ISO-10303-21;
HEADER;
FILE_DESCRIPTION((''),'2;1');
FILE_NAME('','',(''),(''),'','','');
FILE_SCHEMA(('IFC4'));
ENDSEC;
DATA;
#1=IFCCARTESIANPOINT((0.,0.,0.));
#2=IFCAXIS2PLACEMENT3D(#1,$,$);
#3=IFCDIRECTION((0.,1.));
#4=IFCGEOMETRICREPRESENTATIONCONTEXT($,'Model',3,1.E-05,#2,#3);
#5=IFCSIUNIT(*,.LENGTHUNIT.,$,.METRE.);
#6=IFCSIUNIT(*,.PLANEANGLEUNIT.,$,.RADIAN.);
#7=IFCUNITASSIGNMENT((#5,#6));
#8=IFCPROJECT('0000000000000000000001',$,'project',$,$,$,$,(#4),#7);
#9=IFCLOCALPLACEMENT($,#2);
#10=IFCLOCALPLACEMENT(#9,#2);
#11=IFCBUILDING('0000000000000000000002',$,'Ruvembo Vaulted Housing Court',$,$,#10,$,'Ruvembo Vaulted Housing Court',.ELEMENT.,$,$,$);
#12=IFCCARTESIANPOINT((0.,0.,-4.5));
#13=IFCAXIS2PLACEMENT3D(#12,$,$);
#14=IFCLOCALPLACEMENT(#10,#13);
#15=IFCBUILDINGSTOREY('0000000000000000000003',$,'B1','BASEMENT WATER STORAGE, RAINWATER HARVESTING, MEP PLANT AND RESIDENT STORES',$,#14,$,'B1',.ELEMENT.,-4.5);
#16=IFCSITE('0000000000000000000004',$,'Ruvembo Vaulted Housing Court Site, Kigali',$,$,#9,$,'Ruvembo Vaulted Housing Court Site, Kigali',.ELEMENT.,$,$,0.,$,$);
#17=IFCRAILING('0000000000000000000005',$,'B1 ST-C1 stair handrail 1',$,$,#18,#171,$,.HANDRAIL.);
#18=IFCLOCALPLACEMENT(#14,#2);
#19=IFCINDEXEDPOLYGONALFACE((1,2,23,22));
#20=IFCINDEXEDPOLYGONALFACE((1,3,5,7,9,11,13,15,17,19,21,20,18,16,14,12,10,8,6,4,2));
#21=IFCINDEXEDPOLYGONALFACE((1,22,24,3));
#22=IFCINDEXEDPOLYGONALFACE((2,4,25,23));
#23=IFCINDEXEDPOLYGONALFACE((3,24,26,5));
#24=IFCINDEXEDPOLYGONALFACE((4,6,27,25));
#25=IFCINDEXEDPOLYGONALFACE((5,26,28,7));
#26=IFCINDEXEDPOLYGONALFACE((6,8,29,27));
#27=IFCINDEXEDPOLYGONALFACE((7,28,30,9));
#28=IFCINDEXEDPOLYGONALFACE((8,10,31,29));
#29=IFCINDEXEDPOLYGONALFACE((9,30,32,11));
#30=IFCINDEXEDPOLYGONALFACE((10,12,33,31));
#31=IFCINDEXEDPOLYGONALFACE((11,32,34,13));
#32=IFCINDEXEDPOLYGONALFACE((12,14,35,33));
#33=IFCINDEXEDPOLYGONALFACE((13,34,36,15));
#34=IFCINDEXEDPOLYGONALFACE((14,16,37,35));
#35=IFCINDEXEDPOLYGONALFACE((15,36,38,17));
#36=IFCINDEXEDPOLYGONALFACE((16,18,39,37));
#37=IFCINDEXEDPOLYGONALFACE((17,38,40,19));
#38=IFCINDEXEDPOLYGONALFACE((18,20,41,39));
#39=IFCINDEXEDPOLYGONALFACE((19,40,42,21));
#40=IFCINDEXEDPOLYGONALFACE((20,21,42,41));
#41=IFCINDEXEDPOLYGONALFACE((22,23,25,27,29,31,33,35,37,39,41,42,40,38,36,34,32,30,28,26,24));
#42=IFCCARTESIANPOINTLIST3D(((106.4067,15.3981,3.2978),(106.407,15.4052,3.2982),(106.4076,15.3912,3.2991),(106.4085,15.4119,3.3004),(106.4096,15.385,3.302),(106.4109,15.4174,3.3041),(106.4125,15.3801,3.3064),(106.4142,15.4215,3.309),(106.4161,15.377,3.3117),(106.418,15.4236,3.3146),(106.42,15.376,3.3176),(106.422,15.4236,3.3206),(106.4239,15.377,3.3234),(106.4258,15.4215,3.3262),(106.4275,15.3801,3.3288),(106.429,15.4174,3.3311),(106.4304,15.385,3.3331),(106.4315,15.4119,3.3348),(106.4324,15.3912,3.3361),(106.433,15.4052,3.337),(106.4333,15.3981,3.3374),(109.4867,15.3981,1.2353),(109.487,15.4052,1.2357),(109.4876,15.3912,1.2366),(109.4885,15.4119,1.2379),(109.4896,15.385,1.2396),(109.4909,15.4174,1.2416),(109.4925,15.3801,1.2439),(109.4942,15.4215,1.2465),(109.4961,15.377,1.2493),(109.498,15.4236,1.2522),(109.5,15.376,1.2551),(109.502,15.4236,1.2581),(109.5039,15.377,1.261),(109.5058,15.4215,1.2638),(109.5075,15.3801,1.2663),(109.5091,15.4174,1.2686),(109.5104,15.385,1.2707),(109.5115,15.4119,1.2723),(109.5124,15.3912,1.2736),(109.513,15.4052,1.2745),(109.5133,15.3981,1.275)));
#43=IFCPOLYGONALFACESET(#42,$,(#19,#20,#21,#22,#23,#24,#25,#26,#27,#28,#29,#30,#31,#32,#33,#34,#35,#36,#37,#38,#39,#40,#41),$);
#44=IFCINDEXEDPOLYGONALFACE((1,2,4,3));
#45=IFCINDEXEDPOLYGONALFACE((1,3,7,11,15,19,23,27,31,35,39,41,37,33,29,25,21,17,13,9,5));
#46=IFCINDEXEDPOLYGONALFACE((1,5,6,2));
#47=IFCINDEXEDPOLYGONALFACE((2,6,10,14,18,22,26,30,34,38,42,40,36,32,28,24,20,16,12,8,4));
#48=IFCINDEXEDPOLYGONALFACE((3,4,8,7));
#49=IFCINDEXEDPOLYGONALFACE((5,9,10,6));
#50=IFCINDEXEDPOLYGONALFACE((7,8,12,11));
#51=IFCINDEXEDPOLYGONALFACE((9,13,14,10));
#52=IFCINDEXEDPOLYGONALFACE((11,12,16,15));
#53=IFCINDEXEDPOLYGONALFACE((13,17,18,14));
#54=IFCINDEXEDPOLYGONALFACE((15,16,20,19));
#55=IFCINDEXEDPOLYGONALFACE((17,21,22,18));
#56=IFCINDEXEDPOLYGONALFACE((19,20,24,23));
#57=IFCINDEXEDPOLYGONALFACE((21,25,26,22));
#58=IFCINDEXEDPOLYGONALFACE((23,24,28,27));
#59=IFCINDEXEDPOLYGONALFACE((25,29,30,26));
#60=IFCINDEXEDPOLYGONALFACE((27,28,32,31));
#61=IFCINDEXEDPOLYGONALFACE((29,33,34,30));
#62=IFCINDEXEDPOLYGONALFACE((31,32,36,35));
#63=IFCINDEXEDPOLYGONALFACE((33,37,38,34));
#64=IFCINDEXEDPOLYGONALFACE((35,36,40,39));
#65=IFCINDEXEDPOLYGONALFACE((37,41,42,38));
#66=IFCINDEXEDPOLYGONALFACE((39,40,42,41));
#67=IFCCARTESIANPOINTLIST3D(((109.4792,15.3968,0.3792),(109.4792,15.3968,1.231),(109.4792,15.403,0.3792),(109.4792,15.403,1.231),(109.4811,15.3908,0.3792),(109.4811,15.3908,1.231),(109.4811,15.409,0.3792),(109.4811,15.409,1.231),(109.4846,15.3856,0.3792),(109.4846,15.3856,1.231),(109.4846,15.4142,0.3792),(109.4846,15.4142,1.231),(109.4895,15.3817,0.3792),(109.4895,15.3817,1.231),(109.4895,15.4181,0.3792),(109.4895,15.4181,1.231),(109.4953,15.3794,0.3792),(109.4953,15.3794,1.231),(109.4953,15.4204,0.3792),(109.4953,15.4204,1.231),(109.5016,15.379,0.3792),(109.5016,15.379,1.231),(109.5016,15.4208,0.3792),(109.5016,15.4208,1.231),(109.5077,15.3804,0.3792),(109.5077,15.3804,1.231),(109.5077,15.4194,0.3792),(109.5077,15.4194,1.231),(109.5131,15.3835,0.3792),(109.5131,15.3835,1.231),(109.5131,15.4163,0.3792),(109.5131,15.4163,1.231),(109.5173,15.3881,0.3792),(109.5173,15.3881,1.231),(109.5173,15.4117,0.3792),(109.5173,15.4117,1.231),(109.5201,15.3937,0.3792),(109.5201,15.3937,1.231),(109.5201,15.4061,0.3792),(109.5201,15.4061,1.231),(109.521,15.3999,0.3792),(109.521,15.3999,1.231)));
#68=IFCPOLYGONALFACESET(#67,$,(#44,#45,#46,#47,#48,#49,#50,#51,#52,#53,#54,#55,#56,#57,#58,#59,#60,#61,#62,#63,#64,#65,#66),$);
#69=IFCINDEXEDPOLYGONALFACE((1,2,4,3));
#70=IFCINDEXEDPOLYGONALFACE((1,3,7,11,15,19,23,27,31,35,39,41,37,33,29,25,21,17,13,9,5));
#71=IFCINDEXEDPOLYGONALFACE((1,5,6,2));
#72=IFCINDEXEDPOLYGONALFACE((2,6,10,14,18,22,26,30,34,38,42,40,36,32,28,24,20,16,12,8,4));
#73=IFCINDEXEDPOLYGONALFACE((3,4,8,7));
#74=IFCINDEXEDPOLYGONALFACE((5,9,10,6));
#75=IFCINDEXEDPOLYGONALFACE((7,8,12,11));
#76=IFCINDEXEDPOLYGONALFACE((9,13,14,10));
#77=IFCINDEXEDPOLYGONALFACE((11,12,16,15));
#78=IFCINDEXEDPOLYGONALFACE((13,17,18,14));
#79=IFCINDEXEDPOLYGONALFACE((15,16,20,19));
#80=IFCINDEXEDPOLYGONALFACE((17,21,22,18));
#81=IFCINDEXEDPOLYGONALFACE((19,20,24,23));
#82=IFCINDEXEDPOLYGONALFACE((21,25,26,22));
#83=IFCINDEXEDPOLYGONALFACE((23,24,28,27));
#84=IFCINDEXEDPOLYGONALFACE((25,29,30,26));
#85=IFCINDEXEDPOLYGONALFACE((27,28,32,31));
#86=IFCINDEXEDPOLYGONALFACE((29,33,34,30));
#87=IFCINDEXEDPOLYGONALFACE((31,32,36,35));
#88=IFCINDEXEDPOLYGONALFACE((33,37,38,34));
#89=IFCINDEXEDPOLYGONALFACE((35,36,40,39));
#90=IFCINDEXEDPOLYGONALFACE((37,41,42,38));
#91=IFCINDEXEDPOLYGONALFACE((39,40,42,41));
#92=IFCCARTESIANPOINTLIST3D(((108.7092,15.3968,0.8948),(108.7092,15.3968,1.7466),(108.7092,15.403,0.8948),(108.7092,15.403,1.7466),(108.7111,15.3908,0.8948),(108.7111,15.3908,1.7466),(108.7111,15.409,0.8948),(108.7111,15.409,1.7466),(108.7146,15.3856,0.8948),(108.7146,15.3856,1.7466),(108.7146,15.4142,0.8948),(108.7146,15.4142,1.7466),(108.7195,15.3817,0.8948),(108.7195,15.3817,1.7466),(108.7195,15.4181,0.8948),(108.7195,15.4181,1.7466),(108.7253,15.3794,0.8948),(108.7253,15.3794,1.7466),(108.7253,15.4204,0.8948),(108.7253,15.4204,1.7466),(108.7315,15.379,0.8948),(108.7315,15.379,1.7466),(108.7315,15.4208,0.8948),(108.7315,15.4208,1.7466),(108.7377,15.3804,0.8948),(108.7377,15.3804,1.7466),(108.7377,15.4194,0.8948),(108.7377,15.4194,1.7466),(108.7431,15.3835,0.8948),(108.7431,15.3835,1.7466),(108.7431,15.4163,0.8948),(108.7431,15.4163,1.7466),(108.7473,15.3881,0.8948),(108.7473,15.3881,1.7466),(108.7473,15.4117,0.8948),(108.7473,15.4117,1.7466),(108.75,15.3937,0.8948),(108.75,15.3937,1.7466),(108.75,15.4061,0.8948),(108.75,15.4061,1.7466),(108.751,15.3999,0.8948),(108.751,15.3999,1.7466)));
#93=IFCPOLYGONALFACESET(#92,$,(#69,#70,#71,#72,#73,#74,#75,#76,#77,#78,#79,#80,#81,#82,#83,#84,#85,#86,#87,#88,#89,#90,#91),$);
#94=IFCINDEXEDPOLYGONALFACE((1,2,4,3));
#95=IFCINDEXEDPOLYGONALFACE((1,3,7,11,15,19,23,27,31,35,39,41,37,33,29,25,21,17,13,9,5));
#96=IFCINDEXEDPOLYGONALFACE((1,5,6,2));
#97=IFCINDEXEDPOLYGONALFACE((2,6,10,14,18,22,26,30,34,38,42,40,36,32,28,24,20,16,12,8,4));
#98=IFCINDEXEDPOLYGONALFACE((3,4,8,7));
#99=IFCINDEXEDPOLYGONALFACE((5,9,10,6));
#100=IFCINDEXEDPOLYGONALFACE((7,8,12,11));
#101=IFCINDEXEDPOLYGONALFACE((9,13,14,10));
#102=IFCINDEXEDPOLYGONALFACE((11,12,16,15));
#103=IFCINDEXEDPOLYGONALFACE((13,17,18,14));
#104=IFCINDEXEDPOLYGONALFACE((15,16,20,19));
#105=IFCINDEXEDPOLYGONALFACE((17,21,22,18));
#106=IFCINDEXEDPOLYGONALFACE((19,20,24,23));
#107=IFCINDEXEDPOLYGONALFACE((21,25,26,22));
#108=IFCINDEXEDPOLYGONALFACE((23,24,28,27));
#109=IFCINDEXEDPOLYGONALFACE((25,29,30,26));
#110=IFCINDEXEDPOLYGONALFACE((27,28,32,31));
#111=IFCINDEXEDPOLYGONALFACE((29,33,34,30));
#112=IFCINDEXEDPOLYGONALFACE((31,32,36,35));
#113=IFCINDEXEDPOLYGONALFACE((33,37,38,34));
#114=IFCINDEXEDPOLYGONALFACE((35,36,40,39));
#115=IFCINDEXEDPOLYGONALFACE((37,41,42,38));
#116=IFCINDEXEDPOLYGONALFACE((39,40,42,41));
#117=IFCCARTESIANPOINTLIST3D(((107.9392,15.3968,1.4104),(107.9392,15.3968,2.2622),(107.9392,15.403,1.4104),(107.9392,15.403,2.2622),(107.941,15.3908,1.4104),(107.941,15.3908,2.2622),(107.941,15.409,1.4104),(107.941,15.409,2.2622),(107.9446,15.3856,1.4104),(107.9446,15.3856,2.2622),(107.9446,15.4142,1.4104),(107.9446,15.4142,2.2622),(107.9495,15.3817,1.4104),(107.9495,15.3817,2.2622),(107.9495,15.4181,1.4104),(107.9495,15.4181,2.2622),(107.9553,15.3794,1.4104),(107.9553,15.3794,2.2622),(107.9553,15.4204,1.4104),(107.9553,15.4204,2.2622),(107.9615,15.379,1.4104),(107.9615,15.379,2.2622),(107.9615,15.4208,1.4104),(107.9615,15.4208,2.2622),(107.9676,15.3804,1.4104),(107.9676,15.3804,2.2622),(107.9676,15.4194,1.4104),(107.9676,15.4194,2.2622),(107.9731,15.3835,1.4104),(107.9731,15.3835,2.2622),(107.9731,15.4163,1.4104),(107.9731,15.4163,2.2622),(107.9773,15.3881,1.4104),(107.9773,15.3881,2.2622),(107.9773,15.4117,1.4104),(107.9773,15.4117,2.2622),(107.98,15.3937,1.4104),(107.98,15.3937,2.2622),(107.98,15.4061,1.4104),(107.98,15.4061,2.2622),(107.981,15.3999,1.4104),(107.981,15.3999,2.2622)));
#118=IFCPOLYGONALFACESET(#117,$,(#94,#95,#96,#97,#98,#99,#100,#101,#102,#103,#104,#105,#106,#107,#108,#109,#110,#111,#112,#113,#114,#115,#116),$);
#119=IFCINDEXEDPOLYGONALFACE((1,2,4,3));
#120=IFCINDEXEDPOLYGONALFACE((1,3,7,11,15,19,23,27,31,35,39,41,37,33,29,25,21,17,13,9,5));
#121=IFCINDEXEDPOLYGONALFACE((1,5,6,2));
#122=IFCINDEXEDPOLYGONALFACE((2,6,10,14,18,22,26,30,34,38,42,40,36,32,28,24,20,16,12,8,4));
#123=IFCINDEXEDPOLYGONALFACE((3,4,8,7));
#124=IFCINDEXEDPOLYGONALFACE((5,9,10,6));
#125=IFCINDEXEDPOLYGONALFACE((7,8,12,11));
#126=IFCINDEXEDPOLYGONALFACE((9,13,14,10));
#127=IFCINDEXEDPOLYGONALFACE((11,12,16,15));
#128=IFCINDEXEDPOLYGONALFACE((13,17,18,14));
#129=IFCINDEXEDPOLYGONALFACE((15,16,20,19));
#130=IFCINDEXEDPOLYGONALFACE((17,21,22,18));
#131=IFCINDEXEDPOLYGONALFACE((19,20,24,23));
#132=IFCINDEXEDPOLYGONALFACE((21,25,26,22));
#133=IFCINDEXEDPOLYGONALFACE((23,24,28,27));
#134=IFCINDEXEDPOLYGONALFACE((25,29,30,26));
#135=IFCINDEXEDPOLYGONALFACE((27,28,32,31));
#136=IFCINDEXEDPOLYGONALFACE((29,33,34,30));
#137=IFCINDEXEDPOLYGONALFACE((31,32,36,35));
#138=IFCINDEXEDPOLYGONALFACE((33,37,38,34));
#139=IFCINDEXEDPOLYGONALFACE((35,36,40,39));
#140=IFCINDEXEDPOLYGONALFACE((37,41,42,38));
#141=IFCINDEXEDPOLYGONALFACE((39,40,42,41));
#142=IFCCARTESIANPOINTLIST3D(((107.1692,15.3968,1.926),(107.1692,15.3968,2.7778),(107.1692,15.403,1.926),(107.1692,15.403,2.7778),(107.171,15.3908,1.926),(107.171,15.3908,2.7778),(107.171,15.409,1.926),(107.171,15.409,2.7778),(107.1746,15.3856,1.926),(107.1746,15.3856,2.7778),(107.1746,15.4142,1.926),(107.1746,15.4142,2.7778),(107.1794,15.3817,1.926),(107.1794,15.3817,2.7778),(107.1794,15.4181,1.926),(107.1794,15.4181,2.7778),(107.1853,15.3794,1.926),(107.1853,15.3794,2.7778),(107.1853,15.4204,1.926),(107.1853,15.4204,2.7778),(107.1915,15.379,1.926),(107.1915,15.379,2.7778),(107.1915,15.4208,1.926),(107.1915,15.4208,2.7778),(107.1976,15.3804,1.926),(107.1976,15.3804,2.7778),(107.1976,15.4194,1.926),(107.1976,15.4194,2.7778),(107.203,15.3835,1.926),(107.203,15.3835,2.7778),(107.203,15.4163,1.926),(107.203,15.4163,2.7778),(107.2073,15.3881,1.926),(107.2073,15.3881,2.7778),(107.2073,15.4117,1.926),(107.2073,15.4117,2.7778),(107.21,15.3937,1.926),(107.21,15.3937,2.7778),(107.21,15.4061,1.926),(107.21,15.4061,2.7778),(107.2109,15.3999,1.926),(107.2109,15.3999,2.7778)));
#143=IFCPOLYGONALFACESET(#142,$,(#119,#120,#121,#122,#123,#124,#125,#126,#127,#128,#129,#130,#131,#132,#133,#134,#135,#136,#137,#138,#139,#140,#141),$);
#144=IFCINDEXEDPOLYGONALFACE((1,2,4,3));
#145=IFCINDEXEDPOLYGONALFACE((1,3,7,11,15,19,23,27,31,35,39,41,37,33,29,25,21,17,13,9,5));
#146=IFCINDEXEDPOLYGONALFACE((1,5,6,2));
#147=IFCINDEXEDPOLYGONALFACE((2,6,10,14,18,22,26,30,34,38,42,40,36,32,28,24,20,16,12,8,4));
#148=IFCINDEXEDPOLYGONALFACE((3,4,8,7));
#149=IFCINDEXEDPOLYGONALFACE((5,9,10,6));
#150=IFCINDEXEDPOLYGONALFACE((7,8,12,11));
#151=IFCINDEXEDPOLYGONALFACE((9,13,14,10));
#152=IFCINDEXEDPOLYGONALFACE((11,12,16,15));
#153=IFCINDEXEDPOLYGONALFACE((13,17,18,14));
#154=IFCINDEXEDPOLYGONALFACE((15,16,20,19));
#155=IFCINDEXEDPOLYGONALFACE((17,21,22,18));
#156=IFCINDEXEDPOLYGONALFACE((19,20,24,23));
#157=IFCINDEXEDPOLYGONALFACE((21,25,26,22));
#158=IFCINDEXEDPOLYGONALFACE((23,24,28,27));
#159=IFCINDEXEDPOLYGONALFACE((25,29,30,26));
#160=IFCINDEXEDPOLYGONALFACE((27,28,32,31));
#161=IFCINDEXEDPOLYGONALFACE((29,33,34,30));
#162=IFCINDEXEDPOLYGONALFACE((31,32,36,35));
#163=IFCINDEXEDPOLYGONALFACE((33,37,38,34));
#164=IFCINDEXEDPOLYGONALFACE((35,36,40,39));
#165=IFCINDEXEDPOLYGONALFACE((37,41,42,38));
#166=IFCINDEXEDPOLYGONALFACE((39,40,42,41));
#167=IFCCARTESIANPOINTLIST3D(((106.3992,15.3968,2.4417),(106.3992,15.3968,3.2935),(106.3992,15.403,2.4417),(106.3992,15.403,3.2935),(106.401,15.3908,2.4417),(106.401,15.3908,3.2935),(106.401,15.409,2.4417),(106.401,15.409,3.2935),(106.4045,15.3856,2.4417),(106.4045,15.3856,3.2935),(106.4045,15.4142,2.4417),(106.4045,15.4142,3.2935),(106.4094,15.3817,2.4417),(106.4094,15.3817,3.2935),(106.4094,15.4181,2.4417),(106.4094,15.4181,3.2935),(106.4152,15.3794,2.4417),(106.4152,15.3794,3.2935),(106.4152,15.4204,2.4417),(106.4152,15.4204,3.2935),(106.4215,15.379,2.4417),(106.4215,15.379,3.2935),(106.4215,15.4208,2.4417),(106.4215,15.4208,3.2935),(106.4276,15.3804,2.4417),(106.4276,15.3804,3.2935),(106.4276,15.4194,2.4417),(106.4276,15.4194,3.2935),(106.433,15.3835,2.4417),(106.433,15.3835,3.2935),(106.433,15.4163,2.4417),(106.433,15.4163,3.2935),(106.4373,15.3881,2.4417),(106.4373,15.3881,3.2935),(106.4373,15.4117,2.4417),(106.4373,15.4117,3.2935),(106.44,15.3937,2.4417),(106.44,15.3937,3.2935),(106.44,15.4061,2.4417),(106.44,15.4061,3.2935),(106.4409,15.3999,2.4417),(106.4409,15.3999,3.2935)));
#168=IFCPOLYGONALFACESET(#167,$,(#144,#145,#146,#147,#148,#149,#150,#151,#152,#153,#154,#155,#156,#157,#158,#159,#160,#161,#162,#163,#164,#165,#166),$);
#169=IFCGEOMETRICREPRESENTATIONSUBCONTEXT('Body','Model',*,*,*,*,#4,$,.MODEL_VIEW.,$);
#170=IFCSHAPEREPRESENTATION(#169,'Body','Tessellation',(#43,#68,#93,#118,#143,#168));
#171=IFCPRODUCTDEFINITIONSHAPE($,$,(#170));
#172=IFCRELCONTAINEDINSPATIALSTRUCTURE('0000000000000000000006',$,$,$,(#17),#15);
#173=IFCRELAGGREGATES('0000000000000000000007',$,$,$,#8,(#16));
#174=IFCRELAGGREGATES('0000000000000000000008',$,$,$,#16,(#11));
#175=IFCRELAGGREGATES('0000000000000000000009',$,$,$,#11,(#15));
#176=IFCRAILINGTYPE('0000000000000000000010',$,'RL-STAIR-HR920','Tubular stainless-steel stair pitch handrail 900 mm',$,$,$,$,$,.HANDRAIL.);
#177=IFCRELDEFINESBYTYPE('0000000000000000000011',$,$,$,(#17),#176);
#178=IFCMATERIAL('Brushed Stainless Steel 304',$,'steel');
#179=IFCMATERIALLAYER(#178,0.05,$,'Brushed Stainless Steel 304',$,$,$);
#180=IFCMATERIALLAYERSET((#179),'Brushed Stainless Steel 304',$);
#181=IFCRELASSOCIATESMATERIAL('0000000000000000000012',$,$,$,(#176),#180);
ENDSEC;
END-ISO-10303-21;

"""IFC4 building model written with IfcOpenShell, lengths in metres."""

from ifc_helpers import new_model, si_unit, direction, frame, origin, origin_2d, place, context, subcontext, project, spatial, circle, extrude, material, layer, layer_set, type_object, element, save


model = new_model("IFC4")

# Units and contexts
model_context = context("Model", 3, precision=1e-05, world=origin(), true_north=direction((0.0, 1.0)))
body_context = subcontext(model_context, "Body", "Model", "MODEL_VIEW")
ifc_project = project(units=[si_unit("LENGTHUNIT", "METRE"), si_unit("PLANEANGLEUNIT", "RADIAN")], contexts=[model_context])

# Site, building, storey
site_placement = place(None, origin())
site = spatial("IfcSite", under=ifc_project, at=site_placement, Name="Ruvembo Vaulted Housing Court Site, Kigali", LongName="Ruvembo Vaulted Housing Court Site, Kigali", CompositionType="ELEMENT", RefElevation=0.0)
building_placement = place(site_placement, origin())
building = spatial("IfcBuilding", under=site, at=building_placement, Name="Ruvembo Vaulted Housing Court", LongName="Ruvembo Vaulted Housing Court", CompositionType="ELEMENT")
storey_placement = place(building_placement, frame((0.0, 0.0, -4.5)))
storey = spatial("IfcBuildingStorey", under=building, at=storey_placement, Name="B1", Description="BASEMENT WATER STORAGE, RAINWATER HARVESTING, MEP PLANT AND RESIDENT STORES", LongName="B1", CompositionType="ELEMENT", Elevation=-4.5)

# Shared definitions
ifc_material_1 = material(Name="Brushed Stainless Steel 304", Category="steel")

# Railing
ifc_layer_1 = layer(ifc_material_1, 0.05, Name="Brushed Stainless Steel 304")
ifc_layer_set_1 = layer_set([ifc_layer_1], Name="Brushed Stainless Steel 304")
railing_type_1 = type_object("IfcRailingType", Name="RL-STAIR-HR920", Description="Tubular stainless-steel stair pitch handrail 900 mm", PredefinedType="HANDRAIL", material=ifc_layer_set_1)
railing_1_placement = place(storey_placement, frame((109.5, 15.3999, 0.3792)))
element("IfcRailing", 1, at=railing_1_placement, inside=storey, type_object=railing_type_1, Name="B1 ST-C1 stair handrail 1", PredefinedType="HANDRAIL", context=body_context, shape_type="SweptSolid", body=[
    extrude(circle(Radius=0.0239, at=origin_2d()), frame((0.0, 0.0, 0.876), z_axis=(-0.830914, 0.0, 0.556401), x_axis=(0.0, -1.0, 0.0)), (0.0, 0.0, 1.0), 3.7068),
    extrude(circle(Radius=0.021, at=origin_2d()), origin(), (0.0, 0.0, 1.0), 0.8518),
    extrude(circle(Radius=0.021, at=origin_2d()), frame((-0.77, 0.0, 0.5156)), (0.0, 0.0, 1.0), 0.8518),
    extrude(circle(Radius=0.021, at=origin_2d()), frame((-1.54, 0.0, 1.0312)), (0.0, 0.0, 1.0), 0.8518),
    extrude(circle(Radius=0.021, at=origin_2d()), frame((-2.3101, 0.0, 1.5469)), (0.0, 0.0, 1.0), 0.8518),
    extrude(circle(Radius=0.021, at=origin_2d()), frame((-3.0801, 0.0, 2.0625)), (0.0, 0.0, 1.0), 0.8518),
])

save(model, "model.ifc")
